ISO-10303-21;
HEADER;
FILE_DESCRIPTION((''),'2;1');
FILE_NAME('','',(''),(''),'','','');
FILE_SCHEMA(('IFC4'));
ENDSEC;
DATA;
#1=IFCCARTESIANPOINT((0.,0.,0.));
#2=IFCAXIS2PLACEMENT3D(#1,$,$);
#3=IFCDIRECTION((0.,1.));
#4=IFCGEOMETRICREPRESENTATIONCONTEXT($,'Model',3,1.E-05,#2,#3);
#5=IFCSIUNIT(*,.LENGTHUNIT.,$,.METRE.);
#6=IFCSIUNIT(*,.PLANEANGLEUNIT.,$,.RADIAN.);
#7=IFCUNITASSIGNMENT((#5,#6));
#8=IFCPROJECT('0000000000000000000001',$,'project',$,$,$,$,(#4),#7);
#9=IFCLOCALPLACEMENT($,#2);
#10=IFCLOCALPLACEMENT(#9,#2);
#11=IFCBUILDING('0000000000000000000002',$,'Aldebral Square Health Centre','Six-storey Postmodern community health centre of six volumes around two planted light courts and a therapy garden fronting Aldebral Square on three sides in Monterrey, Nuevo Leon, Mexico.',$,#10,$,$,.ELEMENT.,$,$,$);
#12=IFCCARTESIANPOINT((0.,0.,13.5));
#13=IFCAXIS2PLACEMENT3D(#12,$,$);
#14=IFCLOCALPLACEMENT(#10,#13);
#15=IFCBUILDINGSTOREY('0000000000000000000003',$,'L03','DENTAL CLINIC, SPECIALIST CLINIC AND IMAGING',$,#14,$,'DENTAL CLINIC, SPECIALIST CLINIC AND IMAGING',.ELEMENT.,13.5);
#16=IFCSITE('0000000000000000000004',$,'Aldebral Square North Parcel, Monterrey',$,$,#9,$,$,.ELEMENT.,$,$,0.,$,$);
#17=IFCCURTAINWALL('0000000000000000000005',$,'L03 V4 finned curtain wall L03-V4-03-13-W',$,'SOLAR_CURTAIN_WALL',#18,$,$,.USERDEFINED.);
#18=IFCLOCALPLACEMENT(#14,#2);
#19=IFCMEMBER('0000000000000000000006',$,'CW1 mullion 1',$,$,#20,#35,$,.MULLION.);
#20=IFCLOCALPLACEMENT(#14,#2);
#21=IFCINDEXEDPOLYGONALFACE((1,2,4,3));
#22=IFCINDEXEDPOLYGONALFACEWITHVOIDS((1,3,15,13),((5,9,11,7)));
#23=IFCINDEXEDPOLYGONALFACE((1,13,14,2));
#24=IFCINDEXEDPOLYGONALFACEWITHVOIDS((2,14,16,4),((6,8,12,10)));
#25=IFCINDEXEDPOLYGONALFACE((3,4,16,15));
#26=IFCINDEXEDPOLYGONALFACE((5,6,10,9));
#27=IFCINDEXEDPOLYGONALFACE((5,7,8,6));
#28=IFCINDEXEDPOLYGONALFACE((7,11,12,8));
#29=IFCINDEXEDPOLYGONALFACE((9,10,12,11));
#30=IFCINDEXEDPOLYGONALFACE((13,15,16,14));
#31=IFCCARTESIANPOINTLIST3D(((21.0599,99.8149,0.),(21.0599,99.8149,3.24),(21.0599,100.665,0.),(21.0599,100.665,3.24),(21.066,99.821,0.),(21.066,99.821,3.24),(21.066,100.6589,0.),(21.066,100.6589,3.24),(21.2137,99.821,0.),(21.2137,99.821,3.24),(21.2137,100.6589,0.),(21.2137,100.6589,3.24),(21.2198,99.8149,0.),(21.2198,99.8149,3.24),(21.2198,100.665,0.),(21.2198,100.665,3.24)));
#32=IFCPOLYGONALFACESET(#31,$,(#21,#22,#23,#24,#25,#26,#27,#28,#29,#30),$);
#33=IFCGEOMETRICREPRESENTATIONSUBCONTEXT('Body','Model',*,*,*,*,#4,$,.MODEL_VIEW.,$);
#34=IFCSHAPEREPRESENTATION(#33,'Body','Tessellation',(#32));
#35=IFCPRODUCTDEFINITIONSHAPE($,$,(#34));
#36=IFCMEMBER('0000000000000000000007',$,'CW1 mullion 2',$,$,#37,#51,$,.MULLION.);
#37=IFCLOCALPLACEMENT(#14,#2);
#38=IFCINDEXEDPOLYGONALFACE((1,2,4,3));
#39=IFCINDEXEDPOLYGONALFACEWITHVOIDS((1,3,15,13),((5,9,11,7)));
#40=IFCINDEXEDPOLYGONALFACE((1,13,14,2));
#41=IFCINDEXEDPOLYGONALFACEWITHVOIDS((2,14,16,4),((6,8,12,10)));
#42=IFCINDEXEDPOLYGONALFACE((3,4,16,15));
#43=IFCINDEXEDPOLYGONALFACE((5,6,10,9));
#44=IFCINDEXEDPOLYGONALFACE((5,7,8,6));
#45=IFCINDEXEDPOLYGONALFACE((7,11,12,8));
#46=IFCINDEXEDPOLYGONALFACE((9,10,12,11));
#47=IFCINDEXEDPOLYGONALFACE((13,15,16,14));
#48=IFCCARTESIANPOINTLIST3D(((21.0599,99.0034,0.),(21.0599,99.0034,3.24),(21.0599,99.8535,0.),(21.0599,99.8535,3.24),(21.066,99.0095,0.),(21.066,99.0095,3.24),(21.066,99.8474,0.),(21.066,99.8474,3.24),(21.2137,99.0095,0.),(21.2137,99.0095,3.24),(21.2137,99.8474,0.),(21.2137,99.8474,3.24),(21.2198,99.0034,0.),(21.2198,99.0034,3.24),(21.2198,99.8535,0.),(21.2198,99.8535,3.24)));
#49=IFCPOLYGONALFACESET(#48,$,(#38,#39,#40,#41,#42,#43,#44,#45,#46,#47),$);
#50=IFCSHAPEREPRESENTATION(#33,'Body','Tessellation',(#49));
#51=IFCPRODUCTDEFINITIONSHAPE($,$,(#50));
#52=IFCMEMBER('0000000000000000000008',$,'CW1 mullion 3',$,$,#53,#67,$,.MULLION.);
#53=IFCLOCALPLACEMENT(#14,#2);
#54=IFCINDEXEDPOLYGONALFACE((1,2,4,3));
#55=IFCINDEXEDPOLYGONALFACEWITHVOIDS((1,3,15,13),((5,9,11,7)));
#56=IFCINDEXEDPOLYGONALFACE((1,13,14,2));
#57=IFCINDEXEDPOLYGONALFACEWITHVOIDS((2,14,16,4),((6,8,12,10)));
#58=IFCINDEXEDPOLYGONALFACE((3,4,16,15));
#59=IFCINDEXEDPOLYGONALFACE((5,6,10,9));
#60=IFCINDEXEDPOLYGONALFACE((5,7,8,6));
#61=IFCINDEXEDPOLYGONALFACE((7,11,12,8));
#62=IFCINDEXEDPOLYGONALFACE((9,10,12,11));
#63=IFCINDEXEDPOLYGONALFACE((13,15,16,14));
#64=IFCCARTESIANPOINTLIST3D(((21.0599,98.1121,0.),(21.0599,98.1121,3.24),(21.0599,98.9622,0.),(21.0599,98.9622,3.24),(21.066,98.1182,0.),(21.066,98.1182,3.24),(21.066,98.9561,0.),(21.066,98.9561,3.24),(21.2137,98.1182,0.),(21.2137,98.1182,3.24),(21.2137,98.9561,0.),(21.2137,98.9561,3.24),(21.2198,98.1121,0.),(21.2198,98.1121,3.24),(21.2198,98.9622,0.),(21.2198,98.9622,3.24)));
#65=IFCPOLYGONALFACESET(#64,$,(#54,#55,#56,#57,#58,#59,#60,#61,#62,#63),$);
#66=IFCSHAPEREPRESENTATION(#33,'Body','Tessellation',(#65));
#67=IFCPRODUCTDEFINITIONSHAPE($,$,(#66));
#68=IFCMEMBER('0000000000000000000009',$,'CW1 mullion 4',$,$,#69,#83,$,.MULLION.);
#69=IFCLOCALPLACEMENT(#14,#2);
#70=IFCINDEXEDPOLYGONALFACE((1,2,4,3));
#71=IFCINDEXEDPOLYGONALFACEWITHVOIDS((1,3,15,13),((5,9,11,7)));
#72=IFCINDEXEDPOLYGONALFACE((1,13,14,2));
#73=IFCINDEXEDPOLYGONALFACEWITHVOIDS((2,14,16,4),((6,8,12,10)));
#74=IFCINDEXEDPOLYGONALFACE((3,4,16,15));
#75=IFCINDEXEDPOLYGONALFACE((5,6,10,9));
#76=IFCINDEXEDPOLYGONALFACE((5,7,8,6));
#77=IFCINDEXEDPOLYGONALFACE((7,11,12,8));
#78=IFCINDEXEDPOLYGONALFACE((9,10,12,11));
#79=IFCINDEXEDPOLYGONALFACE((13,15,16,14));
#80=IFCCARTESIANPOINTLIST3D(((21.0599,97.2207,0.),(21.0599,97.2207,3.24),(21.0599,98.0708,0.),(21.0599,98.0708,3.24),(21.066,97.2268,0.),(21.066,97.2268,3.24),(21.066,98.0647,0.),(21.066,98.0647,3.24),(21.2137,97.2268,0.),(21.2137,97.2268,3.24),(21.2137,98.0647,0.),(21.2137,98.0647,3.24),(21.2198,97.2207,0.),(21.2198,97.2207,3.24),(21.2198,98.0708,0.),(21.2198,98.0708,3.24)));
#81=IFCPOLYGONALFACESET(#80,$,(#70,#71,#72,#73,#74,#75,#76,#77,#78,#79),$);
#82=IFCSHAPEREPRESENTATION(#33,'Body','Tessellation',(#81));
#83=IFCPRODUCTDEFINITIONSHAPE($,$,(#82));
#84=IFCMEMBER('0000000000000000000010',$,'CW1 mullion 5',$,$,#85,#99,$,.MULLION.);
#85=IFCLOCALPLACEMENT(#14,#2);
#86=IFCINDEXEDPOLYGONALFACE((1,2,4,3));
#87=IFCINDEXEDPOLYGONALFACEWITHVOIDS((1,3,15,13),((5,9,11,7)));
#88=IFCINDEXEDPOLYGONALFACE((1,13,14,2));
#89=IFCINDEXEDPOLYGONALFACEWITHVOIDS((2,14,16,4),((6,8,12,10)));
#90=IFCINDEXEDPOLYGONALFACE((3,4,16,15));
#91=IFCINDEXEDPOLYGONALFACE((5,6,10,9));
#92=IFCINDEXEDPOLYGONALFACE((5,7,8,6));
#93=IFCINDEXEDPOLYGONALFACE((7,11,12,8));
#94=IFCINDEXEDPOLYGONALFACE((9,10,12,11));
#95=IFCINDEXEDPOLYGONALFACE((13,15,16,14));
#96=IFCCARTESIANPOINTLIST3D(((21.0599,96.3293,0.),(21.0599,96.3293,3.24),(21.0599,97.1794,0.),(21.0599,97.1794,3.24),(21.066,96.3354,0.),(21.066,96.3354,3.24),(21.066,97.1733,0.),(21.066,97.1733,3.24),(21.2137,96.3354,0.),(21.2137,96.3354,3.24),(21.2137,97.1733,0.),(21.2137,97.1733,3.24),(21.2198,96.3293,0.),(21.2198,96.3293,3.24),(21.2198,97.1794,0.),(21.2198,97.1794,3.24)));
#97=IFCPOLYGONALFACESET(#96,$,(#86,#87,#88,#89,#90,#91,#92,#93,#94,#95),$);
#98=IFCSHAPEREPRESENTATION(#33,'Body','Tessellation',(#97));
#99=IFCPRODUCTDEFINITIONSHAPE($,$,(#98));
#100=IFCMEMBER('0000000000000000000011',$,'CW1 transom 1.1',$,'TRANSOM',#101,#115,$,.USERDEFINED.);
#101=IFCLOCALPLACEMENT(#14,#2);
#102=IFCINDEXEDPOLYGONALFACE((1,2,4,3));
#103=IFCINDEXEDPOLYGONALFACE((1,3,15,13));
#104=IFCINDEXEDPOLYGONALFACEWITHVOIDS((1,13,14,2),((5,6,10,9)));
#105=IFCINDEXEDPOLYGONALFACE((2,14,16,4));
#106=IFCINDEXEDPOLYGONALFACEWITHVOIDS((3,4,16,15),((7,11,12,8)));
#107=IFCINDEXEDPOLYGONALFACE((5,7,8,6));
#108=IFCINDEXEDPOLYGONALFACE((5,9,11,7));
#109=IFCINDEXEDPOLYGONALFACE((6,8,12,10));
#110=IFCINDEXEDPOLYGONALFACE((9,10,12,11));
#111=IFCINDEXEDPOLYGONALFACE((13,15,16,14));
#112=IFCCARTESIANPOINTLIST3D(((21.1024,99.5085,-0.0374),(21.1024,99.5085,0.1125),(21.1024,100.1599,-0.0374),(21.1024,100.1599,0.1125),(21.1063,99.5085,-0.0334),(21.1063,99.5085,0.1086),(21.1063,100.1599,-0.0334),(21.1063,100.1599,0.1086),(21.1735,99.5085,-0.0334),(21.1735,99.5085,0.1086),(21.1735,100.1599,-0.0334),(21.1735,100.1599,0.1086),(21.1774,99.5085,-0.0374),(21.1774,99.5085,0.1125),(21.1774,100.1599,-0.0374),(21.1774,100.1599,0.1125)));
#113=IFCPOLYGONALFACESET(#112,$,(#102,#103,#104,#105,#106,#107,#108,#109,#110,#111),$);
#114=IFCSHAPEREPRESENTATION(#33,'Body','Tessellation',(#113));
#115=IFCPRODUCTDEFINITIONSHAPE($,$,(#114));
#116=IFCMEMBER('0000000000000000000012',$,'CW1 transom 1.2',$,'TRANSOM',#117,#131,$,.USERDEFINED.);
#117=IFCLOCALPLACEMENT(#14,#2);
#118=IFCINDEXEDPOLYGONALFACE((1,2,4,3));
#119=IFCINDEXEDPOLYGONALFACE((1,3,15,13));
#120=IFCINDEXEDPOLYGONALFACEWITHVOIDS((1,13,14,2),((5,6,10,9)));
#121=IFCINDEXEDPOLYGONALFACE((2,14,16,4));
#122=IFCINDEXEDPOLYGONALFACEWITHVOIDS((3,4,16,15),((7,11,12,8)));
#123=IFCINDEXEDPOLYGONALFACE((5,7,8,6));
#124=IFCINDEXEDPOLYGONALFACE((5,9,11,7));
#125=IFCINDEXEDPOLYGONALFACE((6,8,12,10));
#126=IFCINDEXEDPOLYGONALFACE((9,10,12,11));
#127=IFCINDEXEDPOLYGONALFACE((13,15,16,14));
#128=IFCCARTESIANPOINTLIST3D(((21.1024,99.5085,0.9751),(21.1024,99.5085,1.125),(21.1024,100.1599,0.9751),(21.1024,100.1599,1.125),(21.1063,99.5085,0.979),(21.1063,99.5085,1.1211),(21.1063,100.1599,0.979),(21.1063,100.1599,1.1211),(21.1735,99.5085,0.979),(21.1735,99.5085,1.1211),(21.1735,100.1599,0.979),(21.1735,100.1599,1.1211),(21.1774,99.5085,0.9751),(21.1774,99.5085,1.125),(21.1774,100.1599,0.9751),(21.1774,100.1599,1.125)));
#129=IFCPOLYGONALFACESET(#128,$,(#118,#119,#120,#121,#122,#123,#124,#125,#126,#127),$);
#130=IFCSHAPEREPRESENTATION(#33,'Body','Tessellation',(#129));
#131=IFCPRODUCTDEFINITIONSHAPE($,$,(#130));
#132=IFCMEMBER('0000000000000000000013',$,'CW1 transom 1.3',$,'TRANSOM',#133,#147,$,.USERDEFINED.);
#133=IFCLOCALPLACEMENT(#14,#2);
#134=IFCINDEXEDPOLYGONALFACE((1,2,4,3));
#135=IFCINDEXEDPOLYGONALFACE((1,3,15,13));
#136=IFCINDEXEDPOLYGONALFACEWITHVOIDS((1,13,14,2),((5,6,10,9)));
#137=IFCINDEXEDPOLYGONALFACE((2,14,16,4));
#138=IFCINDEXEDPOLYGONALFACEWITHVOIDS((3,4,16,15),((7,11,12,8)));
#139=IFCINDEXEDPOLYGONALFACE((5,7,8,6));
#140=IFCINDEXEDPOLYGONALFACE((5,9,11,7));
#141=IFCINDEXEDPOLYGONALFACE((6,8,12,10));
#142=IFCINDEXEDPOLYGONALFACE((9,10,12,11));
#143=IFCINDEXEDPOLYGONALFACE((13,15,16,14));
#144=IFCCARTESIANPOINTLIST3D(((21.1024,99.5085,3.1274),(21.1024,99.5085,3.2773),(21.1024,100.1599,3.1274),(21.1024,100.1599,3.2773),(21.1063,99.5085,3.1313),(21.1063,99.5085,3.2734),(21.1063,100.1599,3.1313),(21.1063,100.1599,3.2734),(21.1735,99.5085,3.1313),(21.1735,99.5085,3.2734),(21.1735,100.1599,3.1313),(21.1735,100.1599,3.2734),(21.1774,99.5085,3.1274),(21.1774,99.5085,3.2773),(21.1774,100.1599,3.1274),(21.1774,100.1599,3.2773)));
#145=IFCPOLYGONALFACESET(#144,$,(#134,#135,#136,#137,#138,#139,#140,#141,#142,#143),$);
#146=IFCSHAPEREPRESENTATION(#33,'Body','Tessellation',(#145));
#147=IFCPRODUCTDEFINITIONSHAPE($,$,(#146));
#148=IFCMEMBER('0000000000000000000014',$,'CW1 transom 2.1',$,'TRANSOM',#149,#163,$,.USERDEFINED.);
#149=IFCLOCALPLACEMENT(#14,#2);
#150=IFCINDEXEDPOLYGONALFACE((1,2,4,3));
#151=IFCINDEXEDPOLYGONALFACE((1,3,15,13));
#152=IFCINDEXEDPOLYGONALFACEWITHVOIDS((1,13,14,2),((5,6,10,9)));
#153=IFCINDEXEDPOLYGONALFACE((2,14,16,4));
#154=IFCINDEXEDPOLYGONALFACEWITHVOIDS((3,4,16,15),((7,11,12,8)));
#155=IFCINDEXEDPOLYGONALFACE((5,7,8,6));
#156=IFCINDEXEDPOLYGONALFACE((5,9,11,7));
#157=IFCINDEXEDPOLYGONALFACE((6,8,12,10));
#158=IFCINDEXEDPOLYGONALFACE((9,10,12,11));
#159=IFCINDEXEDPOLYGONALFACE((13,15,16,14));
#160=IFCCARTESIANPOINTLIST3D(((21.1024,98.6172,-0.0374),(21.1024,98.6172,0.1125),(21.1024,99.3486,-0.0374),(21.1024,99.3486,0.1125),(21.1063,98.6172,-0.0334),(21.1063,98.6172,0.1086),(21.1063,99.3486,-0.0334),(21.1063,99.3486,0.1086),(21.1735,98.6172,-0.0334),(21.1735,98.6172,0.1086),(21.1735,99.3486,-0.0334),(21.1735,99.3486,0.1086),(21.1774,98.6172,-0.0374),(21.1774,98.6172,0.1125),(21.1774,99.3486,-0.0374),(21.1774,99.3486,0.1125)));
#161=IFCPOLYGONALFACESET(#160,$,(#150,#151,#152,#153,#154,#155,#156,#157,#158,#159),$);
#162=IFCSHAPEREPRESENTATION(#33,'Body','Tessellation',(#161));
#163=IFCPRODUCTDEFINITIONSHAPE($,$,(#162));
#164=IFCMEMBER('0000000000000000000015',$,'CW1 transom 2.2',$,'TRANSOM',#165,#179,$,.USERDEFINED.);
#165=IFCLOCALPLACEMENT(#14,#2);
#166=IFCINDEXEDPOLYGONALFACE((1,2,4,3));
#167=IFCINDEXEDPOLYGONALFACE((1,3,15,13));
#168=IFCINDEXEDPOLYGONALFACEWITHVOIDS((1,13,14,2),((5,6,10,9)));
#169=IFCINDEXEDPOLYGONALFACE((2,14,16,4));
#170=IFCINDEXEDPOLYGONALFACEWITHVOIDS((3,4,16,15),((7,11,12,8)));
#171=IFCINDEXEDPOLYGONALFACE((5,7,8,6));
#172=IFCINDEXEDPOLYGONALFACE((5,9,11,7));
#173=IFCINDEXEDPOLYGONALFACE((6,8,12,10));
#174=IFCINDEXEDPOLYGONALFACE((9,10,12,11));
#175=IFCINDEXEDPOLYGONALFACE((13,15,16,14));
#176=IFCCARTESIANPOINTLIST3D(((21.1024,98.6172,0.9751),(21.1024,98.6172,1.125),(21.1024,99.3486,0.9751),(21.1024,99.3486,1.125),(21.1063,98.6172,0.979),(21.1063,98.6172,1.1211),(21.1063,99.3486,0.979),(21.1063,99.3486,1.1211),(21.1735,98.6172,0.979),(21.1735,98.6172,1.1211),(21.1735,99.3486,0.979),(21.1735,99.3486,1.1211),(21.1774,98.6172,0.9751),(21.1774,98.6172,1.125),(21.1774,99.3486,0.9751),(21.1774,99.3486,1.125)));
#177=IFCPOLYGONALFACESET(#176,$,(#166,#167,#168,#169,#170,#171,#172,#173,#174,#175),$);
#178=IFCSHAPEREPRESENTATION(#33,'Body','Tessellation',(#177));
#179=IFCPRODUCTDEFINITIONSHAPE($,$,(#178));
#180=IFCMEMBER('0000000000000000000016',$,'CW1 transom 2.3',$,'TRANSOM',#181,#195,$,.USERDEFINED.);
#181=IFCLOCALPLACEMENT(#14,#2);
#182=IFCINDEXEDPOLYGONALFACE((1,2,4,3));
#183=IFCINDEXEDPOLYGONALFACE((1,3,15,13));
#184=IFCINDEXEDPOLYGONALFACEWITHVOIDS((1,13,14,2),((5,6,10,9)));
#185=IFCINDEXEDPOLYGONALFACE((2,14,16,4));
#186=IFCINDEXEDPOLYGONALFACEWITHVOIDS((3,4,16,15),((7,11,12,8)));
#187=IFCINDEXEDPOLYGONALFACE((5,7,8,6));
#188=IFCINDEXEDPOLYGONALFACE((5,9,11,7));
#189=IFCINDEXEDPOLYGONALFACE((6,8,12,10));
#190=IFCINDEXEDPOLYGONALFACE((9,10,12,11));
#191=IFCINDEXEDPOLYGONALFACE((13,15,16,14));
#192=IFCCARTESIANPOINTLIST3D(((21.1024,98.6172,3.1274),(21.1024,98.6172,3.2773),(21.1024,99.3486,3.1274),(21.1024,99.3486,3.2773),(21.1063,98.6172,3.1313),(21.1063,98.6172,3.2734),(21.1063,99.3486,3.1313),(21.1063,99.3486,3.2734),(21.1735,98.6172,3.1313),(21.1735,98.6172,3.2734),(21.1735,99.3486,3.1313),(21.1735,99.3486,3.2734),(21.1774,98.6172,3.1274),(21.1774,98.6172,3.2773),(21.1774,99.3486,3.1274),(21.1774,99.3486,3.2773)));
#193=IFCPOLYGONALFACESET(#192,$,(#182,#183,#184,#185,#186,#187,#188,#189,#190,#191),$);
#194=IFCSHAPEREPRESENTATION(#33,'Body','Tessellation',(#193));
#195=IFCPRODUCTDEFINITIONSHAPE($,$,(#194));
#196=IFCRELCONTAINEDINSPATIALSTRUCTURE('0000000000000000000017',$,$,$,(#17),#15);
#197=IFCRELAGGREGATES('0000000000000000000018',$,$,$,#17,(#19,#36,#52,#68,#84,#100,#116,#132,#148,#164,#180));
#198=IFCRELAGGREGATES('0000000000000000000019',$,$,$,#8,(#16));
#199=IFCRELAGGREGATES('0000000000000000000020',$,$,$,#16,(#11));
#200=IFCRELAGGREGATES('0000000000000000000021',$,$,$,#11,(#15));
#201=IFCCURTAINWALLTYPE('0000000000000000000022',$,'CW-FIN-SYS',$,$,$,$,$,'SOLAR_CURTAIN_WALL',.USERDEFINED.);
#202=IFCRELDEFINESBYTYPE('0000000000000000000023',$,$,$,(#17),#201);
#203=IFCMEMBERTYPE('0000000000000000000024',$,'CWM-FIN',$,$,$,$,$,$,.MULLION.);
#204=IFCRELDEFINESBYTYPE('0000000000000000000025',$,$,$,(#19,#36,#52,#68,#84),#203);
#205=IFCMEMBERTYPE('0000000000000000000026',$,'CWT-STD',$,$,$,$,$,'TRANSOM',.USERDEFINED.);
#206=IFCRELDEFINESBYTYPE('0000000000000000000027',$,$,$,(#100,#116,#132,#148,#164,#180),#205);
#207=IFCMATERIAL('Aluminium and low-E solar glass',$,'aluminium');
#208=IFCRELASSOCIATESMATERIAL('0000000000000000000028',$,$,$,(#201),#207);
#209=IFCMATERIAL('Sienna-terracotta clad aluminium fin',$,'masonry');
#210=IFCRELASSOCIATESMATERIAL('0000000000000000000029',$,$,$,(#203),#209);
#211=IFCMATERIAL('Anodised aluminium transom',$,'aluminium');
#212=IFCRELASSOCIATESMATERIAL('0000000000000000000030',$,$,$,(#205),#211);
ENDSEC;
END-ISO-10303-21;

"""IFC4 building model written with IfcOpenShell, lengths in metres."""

from ifc_helpers import new_model, si_unit, direction, frame, origin, origin_2d, place, context, subcontext, project, spatial, hollow_rectangle, extrude, material, material_profile, profile_set, type_object, element, aggregate, save


model = new_model("IFC4")

# Units and contexts
model_context = context("Model", 3, precision=1e-05, world=origin(), true_north=direction((0.0, 1.0)))
body_context = subcontext(model_context, "Body", "Model", "MODEL_VIEW")
ifc_project = project(units=[si_unit("LENGTHUNIT", "METRE"), si_unit("PLANEANGLEUNIT", "RADIAN")], contexts=[model_context])

# Site, building, storey
site_placement = place(None, origin())
site = spatial("IfcSite", under=ifc_project, at=site_placement, Name="Aldebral Square North Parcel, Monterrey", CompositionType="ELEMENT", RefElevation=0.0)
building_placement = place(site_placement, origin())
building = spatial("IfcBuilding", under=site, at=building_placement, Name="Aldebral Square Health Centre", Description="Six-storey Postmodern community health centre of six volumes around two planted light courts and a therapy garden fronting Aldebral Square on three sides in Monterrey, Nuevo Leon, Mexico.", CompositionType="ELEMENT")
storey_placement = place(building_placement, frame((0.0, 0.0, 13.5)))
storey = spatial("IfcBuildingStorey", under=building, at=storey_placement, Name="L03", Description="DENTAL CLINIC, SPECIALIST CLINIC AND IMAGING", LongName="DENTAL CLINIC, SPECIALIST CLINIC AND IMAGING", CompositionType="ELEMENT", Elevation=13.5)

# Curtain wall, members
ifc_material_1 = material(Name="Aluminium and low-E solar glass", Category="aluminium")
curtain_wall_type = type_object("IfcCurtainWallType", Name="CW-FIN-SYS", ElementType="SOLAR_CURTAIN_WALL", PredefinedType="USERDEFINED", material=ifc_material_1)
curtain_wall_placement = place(storey_placement, origin())
curtain_wall = element("IfcCurtainWall", 1, at=curtain_wall_placement, inside=storey, type_object=curtain_wall_type, Name="L03 V4 finned curtain wall L03-V4-03-13-W", ObjectType="SOLAR_CURTAIN_WALL", PredefinedType="USERDEFINED")
ifc_material_2 = material(Name="Sienna-terracotta clad aluminium fin", Category="masonry")
ifc_material_profile_1 = material_profile(ifc_material_2, hollow_rectangle(XDim=0.1599, YDim=0.8501, WallThickness=0.0061, at=origin_2d()), Name="FIN 160x850x6")
ifc_profile_set_1 = profile_set([ifc_material_profile_1], Name="Sienna-terracotta clad aluminium fin")
member_type_1 = type_object("IfcMemberType", Name="CWM-FIN", PredefinedType="MULLION", material=ifc_profile_set_1)
member_1_placement = place(storey_placement, frame((21.1399, 100.24, 0.0), z_axis=(0.0, 0.0, 1.0), x_axis=(1.0, 0.0, 0.0)))
member_1 = element("IfcMember", 2, at=member_1_placement, type_object=member_type_1, Name="CW1 mullion 1", PredefinedType="MULLION", context=body_context, shape_type="SweptSolid", body=[
    extrude(hollow_rectangle(XDim=0.1599, YDim=0.8501, WallThickness=0.0061, at=origin_2d()), origin(), (0.0, 0.0, 1.0), 3.24),
])
member_2_placement = place(storey_placement, frame((21.1399, 99.4285, 0.0), z_axis=(0.0, 0.0, 1.0), x_axis=(1.0, 0.0, 0.0)))
member_2 = element("IfcMember", 3, at=member_2_placement, type_object=member_type_1, Name="CW1 mullion 2", PredefinedType="MULLION", context=body_context, shape_type="SweptSolid", body=[
    extrude(hollow_rectangle(XDim=0.1599, YDim=0.8501, WallThickness=0.0061, at=origin_2d()), origin(), (0.0, 0.0, 1.0), 3.24),
])
member_3_placement = place(storey_placement, frame((21.1399, 98.5371, 0.0), z_axis=(0.0, 0.0, 1.0), x_axis=(1.0, 0.0, 0.0)))
member_3 = element("IfcMember", 4, at=member_3_placement, type_object=member_type_1, Name="CW1 mullion 3", PredefinedType="MULLION", context=body_context, shape_type="SweptSolid", body=[
    extrude(hollow_rectangle(XDim=0.1599, YDim=0.8501, WallThickness=0.0061, at=origin_2d()), origin(), (0.0, 0.0, 1.0), 3.24),
])
member_4_placement = place(storey_placement, frame((21.1399, 97.6458, 0.0), z_axis=(0.0, 0.0, 1.0), x_axis=(1.0, 0.0, 0.0)))
member_4 = element("IfcMember", 5, at=member_4_placement, type_object=member_type_1, Name="CW1 mullion 4", PredefinedType="MULLION", context=body_context, shape_type="SweptSolid", body=[
    extrude(hollow_rectangle(XDim=0.1599, YDim=0.8501, WallThickness=0.0061, at=origin_2d()), origin(), (0.0, 0.0, 1.0), 3.24),
])
member_5_placement = place(storey_placement, frame((21.1399, 96.7544, 0.0), z_axis=(0.0, 0.0, 1.0), x_axis=(1.0, 0.0, 0.0)))
member_5 = element("IfcMember", 6, at=member_5_placement, type_object=member_type_1, Name="CW1 mullion 5", PredefinedType="MULLION", context=body_context, shape_type="SweptSolid", body=[
    extrude(hollow_rectangle(XDim=0.1599, YDim=0.8501, WallThickness=0.0061, at=origin_2d()), origin(), (0.0, 0.0, 1.0), 3.24),
])
ifc_material_3 = material(Name="Anodised aluminium transom", Category="aluminium")
ifc_material_profile_2 = material_profile(ifc_material_3, hollow_rectangle(XDim=0.075, YDim=0.1499, WallThickness=0.0039, at=origin_2d()), Name="CWT 75x150x4")
ifc_profile_set_2 = profile_set([ifc_material_profile_2], Name="Anodised aluminium transom")
member_type_2 = type_object("IfcMemberType", Name="CWT-STD", ElementType="TRANSOM", PredefinedType="USERDEFINED", material=ifc_profile_set_2)
member_6_placement = place(storey_placement, frame((21.1399, 100.1599, 0.0376), z_axis=(0.0, -1.0, 0.0), x_axis=(1.0, 0.0, 0.0)))
member_6 = element("IfcMember", 7, at=member_6_placement, type_object=member_type_2, Name="CW1 transom 1.1", ObjectType="TRANSOM", PredefinedType="USERDEFINED", context=body_context, shape_type="SweptSolid", body=[
    extrude(hollow_rectangle(XDim=0.075, YDim=0.1499, WallThickness=0.0039, at=origin_2d()), origin(), (0.0, 0.0, 1.0), 0.6514),
])
member_7_placement = place(storey_placement, frame((21.1399, 100.1599, 1.05), z_axis=(0.0, -1.0, 0.0), x_axis=(1.0, 0.0, 0.0)))
member_7 = element("IfcMember", 8, at=member_7_placement, type_object=member_type_2, Name="CW1 transom 1.2", ObjectType="TRANSOM", PredefinedType="USERDEFINED", context=body_context, shape_type="SweptSolid", body=[
    extrude(hollow_rectangle(XDim=0.075, YDim=0.1499, WallThickness=0.0039, at=origin_2d()), origin(), (0.0, 0.0, 1.0), 0.6514),
])
member_8_placement = place(storey_placement, frame((21.1399, 100.1599, 3.2024), z_axis=(0.0, -1.0, 0.0), x_axis=(1.0, 0.0, 0.0)))
member_8 = element("IfcMember", 9, at=member_8_placement, type_object=member_type_2, Name="CW1 transom 1.3", ObjectType="TRANSOM", PredefinedType="USERDEFINED", context=body_context, shape_type="SweptSolid", body=[
    extrude(hollow_rectangle(XDim=0.075, YDim=0.1499, WallThickness=0.0039, at=origin_2d()), origin(), (0.0, 0.0, 1.0), 0.6514),
])
member_9_placement = place(storey_placement, frame((21.1399, 99.3486, 0.0376), z_axis=(0.0, -1.0, 0.0), x_axis=(1.0, 0.0, 0.0)))
member_9 = element("IfcMember", 10, at=member_9_placement, type_object=member_type_2, Name="CW1 transom 2.1", ObjectType="TRANSOM", PredefinedType="USERDEFINED", context=body_context, shape_type="SweptSolid", body=[
    extrude(hollow_rectangle(XDim=0.075, YDim=0.1499, WallThickness=0.0039, at=origin_2d()), origin(), (0.0, 0.0, 1.0), 0.7314),
])
member_10_placement = place(storey_placement, frame((21.1399, 99.3486, 1.05), z_axis=(0.0, -1.0, 0.0), x_axis=(1.0, 0.0, 0.0)))
member_10 = element("IfcMember", 11, at=member_10_placement, type_object=member_type_2, Name="CW1 transom 2.2", ObjectType="TRANSOM", PredefinedType="USERDEFINED", context=body_context, shape_type="SweptSolid", body=[
    extrude(hollow_rectangle(XDim=0.075, YDim=0.1499, WallThickness=0.0039, at=origin_2d()), origin(), (0.0, 0.0, 1.0), 0.7314),
])
member_11_placement = place(storey_placement, frame((21.1399, 99.3486, 3.2024), z_axis=(0.0, -1.0, 0.0), x_axis=(1.0, 0.0, 0.0)))
member_11 = element("IfcMember", 12, at=member_11_placement, type_object=member_type_2, Name="CW1 transom 2.3", ObjectType="TRANSOM", PredefinedType="USERDEFINED", context=body_context, shape_type="SweptSolid", body=[
    extrude(hollow_rectangle(XDim=0.075, YDim=0.1499, WallThickness=0.0039, at=origin_2d()), origin(), (0.0, 0.0, 1.0), 0.7314),
])
aggregate(curtain_wall, [member_1, member_2, member_3, member_4, member_5, member_6, member_7, member_8, member_9, member_10, member_11])

save(model, "model.ifc")
